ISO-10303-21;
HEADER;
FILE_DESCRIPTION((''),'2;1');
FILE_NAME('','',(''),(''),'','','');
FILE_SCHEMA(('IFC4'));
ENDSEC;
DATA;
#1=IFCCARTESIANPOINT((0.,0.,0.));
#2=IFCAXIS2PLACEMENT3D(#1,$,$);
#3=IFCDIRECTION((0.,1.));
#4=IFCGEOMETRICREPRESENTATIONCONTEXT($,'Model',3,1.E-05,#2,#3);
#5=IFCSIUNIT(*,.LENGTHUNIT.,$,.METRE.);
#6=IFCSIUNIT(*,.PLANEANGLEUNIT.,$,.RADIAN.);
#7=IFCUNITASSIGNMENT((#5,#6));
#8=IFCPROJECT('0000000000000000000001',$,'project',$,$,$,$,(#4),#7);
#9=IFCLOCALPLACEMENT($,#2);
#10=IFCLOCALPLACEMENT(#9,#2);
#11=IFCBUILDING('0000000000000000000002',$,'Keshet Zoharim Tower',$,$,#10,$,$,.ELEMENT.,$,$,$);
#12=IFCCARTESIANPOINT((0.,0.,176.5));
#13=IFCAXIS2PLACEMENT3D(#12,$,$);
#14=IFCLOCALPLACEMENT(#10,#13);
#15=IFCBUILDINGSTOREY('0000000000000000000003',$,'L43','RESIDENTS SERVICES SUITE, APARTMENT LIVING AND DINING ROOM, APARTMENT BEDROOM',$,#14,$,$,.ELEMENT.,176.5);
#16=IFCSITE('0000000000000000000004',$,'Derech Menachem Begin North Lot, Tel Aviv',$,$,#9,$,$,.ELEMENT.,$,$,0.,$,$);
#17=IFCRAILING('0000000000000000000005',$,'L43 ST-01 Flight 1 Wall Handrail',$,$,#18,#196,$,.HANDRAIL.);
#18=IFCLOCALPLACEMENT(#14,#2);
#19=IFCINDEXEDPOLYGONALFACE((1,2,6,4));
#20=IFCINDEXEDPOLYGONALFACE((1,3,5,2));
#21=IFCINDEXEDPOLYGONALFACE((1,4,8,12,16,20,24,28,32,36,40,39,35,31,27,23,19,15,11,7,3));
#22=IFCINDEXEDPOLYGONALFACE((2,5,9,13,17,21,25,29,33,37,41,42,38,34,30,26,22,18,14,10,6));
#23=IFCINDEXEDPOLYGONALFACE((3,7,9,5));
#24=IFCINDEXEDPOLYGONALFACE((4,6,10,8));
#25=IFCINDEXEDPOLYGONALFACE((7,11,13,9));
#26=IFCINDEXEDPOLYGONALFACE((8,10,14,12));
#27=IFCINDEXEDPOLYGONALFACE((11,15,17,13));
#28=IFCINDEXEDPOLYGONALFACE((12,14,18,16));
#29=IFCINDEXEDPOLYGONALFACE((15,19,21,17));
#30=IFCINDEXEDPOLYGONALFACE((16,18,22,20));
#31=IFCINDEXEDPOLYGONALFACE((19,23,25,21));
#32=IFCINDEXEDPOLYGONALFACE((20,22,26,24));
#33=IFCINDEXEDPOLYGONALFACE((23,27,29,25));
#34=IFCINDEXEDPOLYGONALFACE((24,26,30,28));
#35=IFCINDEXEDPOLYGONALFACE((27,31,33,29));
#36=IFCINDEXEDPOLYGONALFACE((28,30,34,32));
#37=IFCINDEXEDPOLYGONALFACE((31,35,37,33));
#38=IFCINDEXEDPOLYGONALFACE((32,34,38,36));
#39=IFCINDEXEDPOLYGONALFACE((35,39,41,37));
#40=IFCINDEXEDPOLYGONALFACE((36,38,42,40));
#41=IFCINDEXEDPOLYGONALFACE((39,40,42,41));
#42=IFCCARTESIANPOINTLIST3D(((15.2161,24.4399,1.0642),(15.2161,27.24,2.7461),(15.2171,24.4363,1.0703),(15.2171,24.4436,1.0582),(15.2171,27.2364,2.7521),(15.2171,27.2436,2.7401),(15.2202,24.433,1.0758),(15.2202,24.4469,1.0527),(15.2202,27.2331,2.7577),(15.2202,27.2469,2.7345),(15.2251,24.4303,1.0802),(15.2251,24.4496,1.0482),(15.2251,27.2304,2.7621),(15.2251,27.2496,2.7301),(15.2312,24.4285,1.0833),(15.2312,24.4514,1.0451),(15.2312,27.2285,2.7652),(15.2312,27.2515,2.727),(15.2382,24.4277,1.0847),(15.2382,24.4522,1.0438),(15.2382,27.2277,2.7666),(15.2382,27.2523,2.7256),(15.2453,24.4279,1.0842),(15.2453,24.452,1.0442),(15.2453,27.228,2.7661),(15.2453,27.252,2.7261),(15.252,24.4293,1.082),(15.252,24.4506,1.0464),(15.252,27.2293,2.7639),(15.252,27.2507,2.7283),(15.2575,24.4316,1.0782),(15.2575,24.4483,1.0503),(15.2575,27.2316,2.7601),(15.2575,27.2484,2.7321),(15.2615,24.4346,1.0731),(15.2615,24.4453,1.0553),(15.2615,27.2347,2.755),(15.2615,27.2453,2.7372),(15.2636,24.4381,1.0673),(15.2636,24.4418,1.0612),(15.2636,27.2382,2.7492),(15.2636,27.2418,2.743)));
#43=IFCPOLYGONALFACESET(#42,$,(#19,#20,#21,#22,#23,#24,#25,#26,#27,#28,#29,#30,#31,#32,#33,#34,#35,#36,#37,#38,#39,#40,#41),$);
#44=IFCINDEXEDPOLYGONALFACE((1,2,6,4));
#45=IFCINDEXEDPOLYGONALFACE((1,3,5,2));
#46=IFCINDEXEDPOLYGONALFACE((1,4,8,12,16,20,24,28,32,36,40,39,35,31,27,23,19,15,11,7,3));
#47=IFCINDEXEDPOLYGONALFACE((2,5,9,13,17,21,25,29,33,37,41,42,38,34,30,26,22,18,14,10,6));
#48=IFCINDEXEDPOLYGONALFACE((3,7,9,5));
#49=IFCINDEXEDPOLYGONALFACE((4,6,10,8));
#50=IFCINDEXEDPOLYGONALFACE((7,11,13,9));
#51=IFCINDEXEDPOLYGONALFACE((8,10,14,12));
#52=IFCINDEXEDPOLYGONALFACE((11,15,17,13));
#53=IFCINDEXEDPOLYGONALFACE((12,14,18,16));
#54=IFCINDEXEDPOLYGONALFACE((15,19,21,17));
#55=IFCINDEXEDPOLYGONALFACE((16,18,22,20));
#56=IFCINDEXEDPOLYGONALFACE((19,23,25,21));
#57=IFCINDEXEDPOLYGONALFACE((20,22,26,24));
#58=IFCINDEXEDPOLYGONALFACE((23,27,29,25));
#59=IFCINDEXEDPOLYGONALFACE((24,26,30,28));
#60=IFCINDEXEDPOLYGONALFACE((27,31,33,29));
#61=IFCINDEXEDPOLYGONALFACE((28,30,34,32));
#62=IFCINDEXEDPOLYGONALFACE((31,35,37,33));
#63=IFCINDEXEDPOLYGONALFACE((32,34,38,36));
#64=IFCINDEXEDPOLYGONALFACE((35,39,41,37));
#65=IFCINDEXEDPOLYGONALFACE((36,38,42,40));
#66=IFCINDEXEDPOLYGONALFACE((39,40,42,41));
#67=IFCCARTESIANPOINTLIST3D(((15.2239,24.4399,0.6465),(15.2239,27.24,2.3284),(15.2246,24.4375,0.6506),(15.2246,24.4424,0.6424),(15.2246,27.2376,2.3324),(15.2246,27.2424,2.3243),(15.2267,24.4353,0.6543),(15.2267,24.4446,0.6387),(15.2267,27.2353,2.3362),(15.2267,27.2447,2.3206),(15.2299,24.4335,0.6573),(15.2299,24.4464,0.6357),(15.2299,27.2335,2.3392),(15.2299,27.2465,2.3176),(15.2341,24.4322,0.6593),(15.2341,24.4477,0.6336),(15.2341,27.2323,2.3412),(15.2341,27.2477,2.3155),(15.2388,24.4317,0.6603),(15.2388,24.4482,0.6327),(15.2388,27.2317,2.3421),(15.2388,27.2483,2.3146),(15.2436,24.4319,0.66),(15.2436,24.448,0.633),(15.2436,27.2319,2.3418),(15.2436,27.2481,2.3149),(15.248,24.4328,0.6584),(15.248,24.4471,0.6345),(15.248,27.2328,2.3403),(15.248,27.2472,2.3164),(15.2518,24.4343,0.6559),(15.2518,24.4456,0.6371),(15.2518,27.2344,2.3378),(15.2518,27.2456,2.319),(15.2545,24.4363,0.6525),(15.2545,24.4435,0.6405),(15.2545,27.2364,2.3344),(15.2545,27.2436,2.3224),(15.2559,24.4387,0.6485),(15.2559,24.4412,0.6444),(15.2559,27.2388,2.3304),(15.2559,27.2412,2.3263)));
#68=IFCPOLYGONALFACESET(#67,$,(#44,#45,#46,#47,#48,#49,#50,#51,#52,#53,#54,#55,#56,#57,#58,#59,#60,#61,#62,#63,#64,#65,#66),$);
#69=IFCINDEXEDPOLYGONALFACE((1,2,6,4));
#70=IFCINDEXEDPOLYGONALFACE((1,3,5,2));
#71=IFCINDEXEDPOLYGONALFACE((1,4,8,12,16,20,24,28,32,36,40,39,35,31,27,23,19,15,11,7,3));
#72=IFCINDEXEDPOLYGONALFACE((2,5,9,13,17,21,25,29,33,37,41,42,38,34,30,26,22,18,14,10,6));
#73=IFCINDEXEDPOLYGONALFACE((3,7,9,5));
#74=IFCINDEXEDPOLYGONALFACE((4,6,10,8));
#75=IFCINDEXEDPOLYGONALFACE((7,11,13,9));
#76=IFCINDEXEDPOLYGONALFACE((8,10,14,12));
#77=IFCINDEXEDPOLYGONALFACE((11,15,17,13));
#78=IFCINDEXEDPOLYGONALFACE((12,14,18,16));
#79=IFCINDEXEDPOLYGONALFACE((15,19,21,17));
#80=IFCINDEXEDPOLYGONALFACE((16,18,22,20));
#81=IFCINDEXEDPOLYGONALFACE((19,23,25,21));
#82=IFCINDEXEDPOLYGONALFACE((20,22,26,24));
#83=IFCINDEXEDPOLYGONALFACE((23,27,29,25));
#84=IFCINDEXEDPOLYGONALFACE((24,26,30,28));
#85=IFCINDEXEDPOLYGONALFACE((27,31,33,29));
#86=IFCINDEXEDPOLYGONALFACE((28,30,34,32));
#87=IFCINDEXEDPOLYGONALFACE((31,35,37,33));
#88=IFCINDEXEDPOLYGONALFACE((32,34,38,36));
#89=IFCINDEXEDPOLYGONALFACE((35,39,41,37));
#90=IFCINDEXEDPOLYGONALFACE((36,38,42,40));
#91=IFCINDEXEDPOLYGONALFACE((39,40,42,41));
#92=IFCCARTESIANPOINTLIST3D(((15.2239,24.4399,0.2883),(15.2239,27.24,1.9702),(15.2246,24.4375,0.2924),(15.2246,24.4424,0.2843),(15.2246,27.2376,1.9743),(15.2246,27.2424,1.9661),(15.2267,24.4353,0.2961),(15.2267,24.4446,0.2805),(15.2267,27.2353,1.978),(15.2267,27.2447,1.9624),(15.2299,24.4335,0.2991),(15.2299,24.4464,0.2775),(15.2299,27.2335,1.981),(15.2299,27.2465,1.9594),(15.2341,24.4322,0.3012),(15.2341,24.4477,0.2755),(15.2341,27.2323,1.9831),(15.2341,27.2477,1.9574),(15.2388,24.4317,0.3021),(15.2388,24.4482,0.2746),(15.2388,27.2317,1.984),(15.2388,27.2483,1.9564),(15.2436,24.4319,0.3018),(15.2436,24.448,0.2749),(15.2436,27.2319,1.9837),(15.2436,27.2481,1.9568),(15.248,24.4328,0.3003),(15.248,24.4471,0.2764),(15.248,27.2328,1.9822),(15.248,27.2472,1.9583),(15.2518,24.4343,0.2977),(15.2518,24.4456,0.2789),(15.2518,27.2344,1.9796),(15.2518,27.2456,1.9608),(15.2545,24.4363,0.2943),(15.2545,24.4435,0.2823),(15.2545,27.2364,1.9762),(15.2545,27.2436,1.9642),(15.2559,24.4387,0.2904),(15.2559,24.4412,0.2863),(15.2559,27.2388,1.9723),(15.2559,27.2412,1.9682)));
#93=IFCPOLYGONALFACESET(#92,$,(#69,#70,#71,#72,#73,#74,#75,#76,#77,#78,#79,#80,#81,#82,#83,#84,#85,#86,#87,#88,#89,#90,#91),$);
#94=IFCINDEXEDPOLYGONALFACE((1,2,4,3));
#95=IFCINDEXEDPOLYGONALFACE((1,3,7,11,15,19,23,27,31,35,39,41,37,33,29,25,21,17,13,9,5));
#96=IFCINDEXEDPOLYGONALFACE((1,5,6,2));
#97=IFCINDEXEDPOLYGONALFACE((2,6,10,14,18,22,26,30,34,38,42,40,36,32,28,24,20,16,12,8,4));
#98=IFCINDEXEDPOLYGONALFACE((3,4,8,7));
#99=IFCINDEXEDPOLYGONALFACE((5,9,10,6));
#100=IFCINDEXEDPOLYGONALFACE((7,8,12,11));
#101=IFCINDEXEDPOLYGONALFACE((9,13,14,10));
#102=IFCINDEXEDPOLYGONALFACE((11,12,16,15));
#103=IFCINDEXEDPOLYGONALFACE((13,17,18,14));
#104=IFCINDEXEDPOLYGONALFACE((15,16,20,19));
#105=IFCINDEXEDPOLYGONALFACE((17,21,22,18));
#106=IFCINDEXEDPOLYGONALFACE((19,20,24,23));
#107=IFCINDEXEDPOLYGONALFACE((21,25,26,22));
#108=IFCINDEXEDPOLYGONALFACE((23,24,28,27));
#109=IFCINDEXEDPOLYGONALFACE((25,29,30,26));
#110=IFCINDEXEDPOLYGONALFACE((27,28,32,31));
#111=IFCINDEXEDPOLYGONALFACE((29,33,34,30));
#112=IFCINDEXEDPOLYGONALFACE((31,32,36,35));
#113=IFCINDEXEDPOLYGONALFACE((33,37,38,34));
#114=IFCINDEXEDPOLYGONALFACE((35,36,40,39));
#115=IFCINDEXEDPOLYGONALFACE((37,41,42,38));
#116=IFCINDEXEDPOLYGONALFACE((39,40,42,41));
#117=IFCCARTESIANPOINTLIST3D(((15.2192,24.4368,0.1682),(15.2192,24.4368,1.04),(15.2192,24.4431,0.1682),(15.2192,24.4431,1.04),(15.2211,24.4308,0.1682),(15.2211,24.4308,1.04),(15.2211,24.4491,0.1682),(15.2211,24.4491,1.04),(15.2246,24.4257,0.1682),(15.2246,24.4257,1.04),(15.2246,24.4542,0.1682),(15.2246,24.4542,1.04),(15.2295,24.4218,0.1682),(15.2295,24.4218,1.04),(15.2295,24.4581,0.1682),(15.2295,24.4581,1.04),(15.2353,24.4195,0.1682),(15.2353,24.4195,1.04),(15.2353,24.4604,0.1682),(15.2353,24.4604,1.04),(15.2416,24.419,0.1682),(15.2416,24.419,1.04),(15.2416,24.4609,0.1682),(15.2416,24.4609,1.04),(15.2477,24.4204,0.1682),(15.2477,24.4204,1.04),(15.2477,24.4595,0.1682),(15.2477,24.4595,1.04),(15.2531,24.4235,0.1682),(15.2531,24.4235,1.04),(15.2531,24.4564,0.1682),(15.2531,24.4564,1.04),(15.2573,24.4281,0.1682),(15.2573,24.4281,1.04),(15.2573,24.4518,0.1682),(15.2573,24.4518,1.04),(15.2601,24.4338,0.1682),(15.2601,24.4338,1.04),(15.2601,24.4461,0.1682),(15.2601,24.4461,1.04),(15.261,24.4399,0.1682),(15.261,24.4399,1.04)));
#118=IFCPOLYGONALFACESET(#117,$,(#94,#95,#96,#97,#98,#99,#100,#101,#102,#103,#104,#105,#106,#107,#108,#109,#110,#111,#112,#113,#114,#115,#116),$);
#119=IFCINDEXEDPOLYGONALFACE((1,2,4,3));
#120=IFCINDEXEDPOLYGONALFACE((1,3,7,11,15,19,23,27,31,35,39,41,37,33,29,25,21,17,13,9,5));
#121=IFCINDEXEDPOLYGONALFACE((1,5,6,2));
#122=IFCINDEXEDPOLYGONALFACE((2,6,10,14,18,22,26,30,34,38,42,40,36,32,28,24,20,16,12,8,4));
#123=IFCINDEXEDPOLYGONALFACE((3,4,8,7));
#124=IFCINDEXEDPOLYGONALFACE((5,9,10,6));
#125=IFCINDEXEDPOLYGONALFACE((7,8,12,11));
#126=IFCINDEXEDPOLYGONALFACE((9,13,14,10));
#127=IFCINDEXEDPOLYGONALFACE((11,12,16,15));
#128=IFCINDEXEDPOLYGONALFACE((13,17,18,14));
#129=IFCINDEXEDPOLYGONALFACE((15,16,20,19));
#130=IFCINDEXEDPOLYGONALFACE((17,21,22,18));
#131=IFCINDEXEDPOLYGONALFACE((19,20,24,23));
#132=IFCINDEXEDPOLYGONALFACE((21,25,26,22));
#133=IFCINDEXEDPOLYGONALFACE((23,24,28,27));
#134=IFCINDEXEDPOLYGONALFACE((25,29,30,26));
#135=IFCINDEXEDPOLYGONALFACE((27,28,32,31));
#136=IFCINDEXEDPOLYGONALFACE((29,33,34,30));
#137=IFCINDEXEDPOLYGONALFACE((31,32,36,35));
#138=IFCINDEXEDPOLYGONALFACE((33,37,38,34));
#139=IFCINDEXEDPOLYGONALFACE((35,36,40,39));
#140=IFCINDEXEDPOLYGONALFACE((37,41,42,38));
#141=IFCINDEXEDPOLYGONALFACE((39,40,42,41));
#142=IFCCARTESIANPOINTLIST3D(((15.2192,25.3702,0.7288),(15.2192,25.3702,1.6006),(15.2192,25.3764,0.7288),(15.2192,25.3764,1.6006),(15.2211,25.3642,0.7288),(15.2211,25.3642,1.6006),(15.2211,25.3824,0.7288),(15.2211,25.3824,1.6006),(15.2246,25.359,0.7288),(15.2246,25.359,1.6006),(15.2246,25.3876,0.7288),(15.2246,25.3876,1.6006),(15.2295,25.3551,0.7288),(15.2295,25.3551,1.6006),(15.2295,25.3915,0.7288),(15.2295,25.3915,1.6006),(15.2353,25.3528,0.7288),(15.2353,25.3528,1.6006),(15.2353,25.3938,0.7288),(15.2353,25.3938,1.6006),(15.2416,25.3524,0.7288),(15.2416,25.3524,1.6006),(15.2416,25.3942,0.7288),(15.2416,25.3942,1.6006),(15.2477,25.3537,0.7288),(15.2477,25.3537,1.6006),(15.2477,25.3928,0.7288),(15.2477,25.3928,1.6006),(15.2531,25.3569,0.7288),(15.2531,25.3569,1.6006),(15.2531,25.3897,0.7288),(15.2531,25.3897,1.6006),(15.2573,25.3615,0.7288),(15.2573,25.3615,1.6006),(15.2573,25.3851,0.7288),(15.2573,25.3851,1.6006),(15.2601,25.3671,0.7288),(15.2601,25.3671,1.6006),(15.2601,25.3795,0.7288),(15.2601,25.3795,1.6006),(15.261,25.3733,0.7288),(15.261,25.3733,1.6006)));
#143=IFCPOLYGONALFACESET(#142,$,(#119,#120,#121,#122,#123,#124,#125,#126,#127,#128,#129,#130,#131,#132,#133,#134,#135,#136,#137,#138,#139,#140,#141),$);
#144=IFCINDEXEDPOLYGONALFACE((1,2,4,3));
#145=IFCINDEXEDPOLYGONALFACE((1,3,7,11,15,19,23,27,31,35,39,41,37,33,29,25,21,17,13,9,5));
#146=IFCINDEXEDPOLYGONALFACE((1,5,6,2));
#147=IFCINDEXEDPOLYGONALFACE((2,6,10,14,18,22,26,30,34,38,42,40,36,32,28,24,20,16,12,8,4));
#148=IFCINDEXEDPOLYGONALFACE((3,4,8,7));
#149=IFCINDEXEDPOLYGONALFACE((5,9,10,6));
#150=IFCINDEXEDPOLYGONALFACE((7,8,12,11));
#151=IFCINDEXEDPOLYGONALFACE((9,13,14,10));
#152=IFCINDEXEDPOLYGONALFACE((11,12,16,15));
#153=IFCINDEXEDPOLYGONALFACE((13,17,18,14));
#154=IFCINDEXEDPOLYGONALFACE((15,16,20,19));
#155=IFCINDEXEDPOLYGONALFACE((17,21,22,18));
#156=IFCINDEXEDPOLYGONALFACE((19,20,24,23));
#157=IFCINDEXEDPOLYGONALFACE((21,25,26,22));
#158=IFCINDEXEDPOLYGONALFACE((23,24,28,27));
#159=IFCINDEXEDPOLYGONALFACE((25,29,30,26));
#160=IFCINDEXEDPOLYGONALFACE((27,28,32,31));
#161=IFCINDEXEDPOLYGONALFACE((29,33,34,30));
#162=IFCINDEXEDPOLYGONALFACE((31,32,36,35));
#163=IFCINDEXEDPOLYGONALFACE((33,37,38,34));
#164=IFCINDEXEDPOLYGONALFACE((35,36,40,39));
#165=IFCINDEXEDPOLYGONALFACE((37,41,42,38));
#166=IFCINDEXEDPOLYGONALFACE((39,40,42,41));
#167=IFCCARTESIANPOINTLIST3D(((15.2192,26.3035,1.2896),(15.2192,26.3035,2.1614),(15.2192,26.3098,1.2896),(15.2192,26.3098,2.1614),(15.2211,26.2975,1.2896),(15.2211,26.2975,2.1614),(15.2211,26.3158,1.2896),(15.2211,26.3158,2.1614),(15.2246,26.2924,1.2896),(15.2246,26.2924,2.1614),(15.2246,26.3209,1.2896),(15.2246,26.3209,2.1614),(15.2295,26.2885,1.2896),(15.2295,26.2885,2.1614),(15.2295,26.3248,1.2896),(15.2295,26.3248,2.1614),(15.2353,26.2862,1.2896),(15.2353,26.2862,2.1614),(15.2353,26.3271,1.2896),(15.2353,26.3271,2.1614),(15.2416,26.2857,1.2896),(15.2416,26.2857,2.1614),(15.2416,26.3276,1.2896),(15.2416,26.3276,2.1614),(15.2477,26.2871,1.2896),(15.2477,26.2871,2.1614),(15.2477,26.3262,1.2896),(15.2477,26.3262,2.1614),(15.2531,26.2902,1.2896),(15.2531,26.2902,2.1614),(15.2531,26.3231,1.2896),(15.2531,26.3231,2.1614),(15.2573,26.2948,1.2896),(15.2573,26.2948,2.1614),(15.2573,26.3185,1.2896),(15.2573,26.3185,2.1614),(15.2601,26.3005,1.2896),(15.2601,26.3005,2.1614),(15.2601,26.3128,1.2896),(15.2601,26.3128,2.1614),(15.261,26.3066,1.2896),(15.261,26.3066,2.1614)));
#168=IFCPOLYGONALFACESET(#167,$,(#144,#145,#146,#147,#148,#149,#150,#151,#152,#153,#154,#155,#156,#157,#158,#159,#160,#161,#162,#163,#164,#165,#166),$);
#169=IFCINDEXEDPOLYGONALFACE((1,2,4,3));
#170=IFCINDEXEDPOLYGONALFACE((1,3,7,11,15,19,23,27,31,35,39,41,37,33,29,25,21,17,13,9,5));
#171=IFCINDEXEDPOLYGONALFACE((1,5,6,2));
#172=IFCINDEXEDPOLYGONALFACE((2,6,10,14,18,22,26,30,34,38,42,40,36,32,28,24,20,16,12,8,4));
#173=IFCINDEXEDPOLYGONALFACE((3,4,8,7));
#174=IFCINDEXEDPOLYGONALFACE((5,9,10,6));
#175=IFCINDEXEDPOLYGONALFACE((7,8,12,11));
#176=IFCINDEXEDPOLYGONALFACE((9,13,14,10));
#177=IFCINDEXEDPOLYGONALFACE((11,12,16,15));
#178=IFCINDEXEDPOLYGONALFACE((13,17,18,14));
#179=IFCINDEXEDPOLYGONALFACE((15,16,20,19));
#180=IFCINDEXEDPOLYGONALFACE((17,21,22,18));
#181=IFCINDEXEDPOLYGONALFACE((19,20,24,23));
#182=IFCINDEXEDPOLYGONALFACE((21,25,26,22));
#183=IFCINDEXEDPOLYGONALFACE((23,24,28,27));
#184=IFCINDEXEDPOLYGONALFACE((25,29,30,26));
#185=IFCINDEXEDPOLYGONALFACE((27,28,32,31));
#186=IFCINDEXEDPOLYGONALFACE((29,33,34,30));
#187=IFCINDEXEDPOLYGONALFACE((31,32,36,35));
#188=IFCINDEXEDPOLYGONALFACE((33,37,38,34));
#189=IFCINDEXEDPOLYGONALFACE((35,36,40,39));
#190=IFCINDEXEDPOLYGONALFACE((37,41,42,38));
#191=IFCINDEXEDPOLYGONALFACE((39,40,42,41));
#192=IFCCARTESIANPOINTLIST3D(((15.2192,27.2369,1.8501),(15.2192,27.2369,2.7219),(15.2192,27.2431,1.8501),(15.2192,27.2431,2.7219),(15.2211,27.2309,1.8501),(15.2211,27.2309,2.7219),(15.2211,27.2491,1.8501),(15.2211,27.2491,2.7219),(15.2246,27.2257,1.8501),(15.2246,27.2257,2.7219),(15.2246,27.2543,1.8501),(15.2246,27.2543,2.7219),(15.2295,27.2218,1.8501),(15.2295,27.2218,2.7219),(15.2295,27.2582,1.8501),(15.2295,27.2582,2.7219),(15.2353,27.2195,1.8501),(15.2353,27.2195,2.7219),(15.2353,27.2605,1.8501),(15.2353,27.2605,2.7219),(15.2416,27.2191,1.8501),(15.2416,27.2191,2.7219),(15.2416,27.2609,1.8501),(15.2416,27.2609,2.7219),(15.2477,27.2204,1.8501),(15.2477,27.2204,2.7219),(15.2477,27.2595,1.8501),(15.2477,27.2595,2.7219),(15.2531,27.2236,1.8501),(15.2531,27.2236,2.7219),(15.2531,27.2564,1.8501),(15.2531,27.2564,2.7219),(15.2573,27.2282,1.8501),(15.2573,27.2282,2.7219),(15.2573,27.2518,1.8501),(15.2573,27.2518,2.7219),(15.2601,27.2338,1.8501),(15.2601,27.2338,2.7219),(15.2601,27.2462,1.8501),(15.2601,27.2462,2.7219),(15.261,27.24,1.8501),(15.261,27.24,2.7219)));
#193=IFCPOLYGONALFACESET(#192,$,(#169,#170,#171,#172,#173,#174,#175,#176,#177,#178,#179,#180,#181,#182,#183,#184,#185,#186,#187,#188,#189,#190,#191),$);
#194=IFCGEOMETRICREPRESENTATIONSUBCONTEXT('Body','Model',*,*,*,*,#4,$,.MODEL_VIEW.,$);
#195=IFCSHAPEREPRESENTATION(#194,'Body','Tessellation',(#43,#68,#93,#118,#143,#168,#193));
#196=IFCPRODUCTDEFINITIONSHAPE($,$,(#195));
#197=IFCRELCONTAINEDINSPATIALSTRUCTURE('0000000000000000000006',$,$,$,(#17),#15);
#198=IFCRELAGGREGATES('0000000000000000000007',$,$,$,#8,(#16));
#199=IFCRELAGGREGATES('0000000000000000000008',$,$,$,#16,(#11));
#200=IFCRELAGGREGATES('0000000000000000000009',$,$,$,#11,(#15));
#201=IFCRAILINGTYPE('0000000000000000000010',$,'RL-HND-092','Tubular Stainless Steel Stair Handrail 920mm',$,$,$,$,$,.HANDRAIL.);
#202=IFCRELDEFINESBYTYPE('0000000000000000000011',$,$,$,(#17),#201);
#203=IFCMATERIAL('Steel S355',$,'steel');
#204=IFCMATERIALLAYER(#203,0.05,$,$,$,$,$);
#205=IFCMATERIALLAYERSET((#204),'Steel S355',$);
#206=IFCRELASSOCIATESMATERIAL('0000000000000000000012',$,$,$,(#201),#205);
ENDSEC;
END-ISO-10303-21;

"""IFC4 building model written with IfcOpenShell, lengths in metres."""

from ifc_helpers import new_model, si_unit, direction, frame, origin, origin_2d, place, context, subcontext, project, spatial, circle, extrude, material, layer, layer_set, type_object, element, save


model = new_model("IFC4")

# Units and contexts
model_context = context("Model", 3, precision=1e-05, world=origin(), true_north=direction((0.0, 1.0)))
body_context = subcontext(model_context, "Body", "Model", "MODEL_VIEW")
ifc_project = project(units=[si_unit("LENGTHUNIT", "METRE"), si_unit("PLANEANGLEUNIT", "RADIAN")], contexts=[model_context])

# Site, building, storey
site_placement = place(None, origin())
site = spatial("IfcSite", under=ifc_project, at=site_placement, Name="Derech Menachem Begin North Lot, Tel Aviv", CompositionType="ELEMENT", RefElevation=0.0)
building_placement = place(site_placement, origin())
building = spatial("IfcBuilding", under=site, at=building_placement, Name="Keshet Zoharim Tower", CompositionType="ELEMENT")
storey_placement = place(building_placement, frame((0.0, 0.0, 176.5)))
storey = spatial("IfcBuildingStorey", under=building, at=storey_placement, Name="L43", Description="RESIDENTS SERVICES SUITE, APARTMENT LIVING AND DINING ROOM, APARTMENT BEDROOM", CompositionType="ELEMENT", Elevation=176.5)

# Shared definitions
ifc_material_1 = material(Name="Steel S355", Category="steel")

# Railing
ifc_layer_1 = layer(ifc_material_1, 0.05)
ifc_layer_set_1 = layer_set([ifc_layer_1], Name="Steel S355")
railing_type_1 = type_object("IfcRailingType", Name="RL-HND-092", Description="Tubular Stainless Steel Stair Handrail 920mm", PredefinedType="HANDRAIL", material=ifc_layer_set_1)
railing_1_placement = place(storey_placement, frame((15.24, 24.4399, 0.1682)))
element("IfcRailing", 1, at=railing_1_placement, inside=storey, type_object=railing_type_1, Name="L43 ST-01 Flight 1 Wall Handrail", PredefinedType="HANDRAIL", context=body_context, shape_type="SweptSolid", body=[
    extrude(circle(Radius=0.0239, at=origin_2d()), frame((0.0, 0.0, 0.896), z_axis=(0.0, 0.857242, 0.514913), x_axis=(-1.0, 0.0, 0.0)), (0.0, 0.0, 1.0), 3.2664),
    extrude(circle(Radius=0.0161, at=origin_2d()), frame((0.0, 0.0, 0.4783), z_axis=(0.0, 0.857242, 0.514913), x_axis=(-1.0, 0.0, 0.0)), (0.0, 0.0, 1.0), 3.2664),
    extrude(circle(Radius=0.0161, at=origin_2d()), frame((0.0, 0.0, 0.1201), z_axis=(0.0, 0.857242, 0.514913), x_axis=(-1.0, 0.0, 0.0)), (0.0, 0.0, 1.0), 3.2664),
    extrude(circle(Radius=0.021, at=origin_2d()), origin(), (0.0, 0.0, 1.0), 0.8718),
    extrude(circle(Radius=0.021, at=origin_2d()), frame((0.0, 0.9333, 0.5605)), (0.0, 0.0, 1.0), 0.8718),
    extrude(circle(Radius=0.021, at=origin_2d()), frame((0.0, 1.8667, 1.1213)), (0.0, 0.0, 1.0), 0.8718),
    extrude(circle(Radius=0.021, at=origin_2d()), frame((0.0, 2.8, 1.6819)), (0.0, 0.0, 1.0), 0.8718),
])

save(model, "model.ifc")
